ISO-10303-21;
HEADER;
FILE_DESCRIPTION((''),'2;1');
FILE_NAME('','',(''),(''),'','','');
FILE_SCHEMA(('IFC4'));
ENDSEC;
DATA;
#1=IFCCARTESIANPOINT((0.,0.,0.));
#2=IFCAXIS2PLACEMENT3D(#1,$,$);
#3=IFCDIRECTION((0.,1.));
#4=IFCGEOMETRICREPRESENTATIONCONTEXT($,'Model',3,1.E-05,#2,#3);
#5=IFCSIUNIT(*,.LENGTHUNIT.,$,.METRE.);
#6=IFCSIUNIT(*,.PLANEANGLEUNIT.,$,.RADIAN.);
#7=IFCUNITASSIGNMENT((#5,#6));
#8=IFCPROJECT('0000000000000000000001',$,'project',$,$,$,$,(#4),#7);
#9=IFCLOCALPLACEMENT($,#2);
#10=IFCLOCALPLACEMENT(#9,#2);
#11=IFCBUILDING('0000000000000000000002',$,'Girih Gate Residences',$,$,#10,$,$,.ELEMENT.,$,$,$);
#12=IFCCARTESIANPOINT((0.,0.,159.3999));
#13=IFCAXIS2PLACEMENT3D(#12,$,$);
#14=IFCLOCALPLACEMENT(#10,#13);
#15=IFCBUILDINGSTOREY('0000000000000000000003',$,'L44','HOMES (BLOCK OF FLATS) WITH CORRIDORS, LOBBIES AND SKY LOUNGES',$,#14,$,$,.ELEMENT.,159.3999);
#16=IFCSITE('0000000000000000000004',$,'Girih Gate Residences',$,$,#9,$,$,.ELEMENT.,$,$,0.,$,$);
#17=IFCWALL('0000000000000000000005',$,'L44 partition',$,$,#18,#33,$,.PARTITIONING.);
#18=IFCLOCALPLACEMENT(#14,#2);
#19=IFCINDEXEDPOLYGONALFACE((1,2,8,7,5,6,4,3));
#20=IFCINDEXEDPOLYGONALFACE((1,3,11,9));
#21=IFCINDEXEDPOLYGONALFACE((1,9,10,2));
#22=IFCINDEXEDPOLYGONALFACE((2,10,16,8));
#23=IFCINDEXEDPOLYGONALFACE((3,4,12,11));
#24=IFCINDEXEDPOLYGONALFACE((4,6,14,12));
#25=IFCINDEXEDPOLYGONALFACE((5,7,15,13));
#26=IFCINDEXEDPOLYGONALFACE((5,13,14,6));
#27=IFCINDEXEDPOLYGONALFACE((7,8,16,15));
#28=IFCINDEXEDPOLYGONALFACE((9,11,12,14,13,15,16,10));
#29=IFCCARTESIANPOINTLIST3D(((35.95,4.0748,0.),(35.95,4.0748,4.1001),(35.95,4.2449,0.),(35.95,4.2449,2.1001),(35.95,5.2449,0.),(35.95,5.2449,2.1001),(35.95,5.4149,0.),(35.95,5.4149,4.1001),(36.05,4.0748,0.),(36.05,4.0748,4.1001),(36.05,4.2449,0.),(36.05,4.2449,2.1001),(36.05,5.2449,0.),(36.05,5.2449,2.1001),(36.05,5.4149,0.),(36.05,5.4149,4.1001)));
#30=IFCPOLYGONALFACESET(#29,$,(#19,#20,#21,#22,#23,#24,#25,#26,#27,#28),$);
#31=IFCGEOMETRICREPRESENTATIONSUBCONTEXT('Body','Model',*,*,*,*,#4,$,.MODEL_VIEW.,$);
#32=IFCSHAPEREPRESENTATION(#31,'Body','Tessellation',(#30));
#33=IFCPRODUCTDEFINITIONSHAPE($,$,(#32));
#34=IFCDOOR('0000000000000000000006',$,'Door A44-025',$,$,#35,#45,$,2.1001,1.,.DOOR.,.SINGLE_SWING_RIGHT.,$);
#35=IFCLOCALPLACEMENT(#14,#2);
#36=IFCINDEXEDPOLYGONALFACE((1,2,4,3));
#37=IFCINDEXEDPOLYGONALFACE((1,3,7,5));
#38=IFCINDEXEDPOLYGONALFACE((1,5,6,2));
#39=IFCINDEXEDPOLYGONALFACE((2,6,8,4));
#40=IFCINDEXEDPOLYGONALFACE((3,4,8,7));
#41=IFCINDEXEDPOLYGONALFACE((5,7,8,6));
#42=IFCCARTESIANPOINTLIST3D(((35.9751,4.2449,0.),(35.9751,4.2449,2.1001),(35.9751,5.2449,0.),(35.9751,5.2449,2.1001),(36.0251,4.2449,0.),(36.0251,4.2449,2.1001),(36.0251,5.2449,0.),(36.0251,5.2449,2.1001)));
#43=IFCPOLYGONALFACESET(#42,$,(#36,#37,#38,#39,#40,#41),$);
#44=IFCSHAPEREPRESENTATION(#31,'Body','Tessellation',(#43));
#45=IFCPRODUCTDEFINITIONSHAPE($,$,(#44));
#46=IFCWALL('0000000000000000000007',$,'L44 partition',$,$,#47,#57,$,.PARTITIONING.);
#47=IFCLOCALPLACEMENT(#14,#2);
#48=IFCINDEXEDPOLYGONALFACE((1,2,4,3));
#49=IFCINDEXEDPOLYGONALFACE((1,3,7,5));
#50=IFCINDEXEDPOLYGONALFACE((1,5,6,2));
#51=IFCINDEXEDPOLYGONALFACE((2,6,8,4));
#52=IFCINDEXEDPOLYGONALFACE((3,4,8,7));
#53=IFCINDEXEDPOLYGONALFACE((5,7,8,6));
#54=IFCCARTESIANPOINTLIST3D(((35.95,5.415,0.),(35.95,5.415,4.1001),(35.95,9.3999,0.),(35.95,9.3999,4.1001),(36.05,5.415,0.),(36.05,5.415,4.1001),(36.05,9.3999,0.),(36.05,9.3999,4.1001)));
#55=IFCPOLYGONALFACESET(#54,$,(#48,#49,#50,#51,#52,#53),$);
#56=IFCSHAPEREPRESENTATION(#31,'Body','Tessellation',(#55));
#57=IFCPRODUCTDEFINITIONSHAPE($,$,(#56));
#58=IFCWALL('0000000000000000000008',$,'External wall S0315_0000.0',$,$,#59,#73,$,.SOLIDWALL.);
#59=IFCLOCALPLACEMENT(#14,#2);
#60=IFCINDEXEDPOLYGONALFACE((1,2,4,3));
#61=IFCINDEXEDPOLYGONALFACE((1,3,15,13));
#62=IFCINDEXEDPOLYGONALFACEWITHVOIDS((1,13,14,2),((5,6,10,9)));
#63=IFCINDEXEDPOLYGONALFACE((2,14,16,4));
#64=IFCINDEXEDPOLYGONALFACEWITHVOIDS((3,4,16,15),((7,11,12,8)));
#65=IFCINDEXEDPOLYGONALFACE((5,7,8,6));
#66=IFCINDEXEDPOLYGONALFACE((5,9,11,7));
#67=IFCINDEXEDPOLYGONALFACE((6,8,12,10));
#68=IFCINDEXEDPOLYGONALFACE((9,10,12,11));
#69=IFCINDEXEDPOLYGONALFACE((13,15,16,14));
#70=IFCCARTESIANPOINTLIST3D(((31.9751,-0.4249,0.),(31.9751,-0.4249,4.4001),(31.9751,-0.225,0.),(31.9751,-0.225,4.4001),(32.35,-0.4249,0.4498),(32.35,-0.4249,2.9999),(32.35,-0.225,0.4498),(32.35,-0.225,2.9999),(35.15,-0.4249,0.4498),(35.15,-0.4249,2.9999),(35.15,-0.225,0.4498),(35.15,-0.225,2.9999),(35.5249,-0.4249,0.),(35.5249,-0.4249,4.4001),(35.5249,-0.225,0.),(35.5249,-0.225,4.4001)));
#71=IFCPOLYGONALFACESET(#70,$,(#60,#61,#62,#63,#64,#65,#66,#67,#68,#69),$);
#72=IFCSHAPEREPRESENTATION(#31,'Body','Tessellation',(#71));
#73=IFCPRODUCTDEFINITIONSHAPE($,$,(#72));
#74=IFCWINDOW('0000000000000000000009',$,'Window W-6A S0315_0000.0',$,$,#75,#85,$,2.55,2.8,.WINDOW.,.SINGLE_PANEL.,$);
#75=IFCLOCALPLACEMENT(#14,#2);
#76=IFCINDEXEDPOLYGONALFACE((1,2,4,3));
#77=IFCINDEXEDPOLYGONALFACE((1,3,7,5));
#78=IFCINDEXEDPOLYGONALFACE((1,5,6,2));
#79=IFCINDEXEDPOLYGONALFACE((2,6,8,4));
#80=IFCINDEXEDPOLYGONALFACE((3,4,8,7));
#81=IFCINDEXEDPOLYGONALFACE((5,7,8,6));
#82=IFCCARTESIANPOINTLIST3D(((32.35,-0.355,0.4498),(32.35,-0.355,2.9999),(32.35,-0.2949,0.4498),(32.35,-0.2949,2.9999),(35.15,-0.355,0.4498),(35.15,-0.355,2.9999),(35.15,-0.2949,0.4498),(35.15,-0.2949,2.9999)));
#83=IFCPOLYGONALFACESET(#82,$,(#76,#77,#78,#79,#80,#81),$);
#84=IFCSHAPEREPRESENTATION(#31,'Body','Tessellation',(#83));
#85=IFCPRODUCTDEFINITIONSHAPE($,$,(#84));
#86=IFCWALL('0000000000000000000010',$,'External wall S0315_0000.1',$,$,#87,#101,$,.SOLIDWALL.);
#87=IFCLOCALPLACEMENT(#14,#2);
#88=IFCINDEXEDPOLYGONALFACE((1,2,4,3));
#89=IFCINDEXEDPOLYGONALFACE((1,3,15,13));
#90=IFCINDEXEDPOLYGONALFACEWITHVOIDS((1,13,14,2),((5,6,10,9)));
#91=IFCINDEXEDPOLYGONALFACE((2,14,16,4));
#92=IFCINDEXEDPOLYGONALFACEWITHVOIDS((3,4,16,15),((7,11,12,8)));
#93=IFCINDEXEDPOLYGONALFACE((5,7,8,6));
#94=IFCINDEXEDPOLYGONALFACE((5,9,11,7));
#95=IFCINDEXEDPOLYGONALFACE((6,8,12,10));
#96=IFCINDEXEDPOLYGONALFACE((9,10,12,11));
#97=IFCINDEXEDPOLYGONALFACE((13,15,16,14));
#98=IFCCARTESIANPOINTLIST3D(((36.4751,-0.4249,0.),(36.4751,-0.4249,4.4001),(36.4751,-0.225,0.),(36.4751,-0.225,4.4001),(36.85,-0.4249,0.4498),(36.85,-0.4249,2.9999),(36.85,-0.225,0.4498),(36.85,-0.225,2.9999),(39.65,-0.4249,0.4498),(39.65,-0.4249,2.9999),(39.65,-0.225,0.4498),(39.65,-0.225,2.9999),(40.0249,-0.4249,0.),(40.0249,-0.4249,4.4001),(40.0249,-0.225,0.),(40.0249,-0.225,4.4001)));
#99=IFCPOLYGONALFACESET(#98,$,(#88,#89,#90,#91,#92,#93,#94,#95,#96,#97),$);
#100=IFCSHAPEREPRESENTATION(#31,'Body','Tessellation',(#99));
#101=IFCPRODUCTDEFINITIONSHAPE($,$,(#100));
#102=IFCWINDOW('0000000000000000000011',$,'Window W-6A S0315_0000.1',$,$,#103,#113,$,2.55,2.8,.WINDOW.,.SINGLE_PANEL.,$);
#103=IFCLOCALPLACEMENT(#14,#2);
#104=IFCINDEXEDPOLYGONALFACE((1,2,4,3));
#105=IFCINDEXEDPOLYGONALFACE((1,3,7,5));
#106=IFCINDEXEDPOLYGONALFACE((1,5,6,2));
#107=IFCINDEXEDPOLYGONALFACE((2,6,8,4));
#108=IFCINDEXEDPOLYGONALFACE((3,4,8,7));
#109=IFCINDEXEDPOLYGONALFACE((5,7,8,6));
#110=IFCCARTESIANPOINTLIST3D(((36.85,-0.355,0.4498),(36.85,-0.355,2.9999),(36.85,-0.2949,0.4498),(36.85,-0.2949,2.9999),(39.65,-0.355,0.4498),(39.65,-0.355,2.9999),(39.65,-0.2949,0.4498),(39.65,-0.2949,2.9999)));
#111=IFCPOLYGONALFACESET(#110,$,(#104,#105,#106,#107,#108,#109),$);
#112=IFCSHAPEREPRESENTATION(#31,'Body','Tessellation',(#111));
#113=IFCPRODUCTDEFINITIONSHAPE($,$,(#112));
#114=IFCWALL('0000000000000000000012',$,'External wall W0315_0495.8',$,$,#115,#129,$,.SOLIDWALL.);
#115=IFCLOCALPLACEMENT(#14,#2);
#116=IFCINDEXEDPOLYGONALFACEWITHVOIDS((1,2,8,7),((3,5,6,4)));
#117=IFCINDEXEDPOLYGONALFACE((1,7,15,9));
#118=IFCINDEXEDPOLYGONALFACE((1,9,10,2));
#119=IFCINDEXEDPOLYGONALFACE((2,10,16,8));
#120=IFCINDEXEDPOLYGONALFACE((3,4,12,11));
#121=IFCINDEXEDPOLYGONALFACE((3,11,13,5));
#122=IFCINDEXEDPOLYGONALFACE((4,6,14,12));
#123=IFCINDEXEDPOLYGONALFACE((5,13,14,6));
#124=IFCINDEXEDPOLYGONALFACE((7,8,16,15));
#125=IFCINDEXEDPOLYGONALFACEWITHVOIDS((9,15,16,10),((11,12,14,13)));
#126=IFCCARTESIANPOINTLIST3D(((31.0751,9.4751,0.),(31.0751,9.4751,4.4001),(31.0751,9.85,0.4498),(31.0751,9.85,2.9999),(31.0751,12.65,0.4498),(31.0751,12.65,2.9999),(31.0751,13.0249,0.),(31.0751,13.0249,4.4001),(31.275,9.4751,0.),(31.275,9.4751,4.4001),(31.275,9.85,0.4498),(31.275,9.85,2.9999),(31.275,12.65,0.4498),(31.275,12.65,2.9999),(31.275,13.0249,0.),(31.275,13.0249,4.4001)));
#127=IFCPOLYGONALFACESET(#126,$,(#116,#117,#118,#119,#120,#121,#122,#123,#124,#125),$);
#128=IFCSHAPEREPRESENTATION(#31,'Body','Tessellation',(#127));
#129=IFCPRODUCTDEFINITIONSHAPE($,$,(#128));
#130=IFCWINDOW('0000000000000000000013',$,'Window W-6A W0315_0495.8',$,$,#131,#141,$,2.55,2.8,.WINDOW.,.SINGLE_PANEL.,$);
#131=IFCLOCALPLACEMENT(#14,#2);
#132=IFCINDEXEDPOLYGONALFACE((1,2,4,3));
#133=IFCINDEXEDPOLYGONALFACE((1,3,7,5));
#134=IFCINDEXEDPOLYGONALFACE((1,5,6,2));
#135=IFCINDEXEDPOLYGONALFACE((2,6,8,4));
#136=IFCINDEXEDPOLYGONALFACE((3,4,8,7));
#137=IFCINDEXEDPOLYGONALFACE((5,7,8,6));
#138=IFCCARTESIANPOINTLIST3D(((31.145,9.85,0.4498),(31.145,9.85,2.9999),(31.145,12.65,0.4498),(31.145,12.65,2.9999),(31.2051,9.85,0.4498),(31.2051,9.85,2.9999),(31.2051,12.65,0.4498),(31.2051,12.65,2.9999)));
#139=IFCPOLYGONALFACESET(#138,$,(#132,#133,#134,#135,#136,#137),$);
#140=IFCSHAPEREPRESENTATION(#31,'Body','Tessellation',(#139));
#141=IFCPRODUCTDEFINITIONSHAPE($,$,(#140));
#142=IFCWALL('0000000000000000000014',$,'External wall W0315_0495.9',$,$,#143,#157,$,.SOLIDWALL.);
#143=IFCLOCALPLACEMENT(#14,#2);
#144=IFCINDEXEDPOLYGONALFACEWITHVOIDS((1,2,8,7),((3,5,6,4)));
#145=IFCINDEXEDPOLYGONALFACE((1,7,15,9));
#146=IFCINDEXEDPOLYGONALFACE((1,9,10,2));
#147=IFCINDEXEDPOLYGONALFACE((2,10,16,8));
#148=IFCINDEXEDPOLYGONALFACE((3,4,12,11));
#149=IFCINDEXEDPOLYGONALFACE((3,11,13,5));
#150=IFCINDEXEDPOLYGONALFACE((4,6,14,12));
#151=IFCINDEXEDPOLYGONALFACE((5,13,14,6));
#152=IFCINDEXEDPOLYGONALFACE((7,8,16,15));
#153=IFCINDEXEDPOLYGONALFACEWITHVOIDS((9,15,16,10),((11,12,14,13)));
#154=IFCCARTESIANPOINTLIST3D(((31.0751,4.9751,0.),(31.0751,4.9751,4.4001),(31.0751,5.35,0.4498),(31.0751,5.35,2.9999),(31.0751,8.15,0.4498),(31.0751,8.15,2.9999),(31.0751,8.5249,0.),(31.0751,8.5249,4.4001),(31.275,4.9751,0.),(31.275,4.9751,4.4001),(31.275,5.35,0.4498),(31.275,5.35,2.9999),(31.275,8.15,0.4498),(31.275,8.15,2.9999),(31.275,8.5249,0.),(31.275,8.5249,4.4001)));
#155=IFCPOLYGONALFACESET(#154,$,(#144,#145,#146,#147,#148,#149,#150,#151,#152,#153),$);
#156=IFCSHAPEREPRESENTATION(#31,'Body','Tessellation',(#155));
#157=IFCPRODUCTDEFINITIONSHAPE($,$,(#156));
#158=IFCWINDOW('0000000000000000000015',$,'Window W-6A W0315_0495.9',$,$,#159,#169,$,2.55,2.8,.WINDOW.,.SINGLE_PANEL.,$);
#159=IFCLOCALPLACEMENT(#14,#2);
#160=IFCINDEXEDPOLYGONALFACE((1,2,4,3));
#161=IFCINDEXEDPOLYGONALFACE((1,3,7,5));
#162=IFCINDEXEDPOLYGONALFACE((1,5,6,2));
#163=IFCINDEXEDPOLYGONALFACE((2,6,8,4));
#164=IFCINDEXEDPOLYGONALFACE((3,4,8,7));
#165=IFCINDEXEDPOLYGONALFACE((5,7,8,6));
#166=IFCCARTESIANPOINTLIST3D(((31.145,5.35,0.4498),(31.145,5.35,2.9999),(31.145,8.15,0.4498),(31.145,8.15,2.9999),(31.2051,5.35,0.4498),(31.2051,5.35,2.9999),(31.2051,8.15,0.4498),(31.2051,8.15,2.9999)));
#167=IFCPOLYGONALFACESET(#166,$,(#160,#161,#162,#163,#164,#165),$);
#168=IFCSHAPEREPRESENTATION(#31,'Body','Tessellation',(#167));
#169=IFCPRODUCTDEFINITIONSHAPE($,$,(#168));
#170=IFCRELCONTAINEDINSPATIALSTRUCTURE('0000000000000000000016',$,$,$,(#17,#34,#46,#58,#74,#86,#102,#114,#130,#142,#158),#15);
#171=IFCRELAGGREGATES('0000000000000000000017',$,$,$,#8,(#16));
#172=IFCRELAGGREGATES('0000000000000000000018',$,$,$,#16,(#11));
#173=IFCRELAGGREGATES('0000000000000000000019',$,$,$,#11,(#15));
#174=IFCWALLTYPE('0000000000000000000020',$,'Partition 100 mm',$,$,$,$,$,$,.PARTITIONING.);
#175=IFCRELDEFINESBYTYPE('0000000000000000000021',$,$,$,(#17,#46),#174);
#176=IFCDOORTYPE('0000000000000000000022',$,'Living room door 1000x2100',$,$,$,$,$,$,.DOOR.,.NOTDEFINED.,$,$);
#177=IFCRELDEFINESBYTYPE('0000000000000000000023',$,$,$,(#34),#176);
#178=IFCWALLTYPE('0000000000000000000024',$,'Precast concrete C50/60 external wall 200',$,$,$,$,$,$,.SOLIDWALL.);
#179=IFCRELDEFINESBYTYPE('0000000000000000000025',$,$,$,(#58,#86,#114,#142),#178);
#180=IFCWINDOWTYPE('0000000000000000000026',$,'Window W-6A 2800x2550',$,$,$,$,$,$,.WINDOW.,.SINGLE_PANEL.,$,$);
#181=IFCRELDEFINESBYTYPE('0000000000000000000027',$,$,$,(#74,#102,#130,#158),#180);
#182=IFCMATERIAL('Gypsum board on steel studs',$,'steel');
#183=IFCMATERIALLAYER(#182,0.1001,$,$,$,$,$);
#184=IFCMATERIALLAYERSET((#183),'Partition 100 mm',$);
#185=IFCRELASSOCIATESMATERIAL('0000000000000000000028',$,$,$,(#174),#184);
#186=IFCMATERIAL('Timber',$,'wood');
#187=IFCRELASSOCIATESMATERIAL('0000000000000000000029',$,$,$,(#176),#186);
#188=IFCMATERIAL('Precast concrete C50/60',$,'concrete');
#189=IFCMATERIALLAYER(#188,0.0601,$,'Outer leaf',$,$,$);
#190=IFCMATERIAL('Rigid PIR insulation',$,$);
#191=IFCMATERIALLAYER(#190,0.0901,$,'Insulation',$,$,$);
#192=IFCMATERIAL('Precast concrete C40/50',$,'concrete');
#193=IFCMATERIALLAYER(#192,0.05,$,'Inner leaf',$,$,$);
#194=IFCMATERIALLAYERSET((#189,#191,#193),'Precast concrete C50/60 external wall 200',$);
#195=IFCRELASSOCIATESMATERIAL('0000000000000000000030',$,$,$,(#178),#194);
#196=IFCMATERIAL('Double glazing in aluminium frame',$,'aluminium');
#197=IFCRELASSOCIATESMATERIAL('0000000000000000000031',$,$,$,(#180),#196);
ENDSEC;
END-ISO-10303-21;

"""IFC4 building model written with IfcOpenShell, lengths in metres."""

from ifc_helpers import new_model, si_unit, direction, frame, frame_2d, origin, place, context, subcontext, project, spatial, rectangle, extrude, material, layer, layer_set, type_object, element, fill, save


model = new_model("IFC4")

# Units and contexts
model_context = context("Model", 3, precision=1e-05, world=origin(), true_north=direction((0.0, 1.0)))
body_context = subcontext(model_context, "Body", "Model", "MODEL_VIEW")
ifc_project = project(units=[si_unit("LENGTHUNIT", "METRE"), si_unit("PLANEANGLEUNIT", "RADIAN")], contexts=[model_context])

# Site, building, storey
site_placement = place(None, origin())
site = spatial("IfcSite", under=ifc_project, at=site_placement, Name="Girih Gate Residences", CompositionType="ELEMENT", RefElevation=0.0)
building_placement = place(site_placement, origin())
building = spatial("IfcBuilding", under=site, at=building_placement, Name="Girih Gate Residences", CompositionType="ELEMENT")
storey_placement = place(building_placement, frame((0.0, 0.0, 159.3999)))
storey = spatial("IfcBuildingStorey", under=building, at=storey_placement, Name="L44", Description="HOMES (BLOCK OF FLATS) WITH CORRIDORS, LOBBIES AND SKY LOUNGES", CompositionType="ELEMENT", Elevation=159.3999)

# Shared definitions
ifc_material_1 = material(Name="Gypsum board on steel studs", Category="steel")
ifc_layer_1 = layer(ifc_material_1, 0.1001)
ifc_layer_set_1 = layer_set([ifc_layer_1], Name="Partition 100 mm")
wall_type_1 = type_object("IfcWallType", Name="Partition 100 mm", PredefinedType="PARTITIONING", material=ifc_layer_set_1)
ifc_material_2 = material(Name="Timber", Category="wood")

# Wall, opening, door
wall_1_placement = place(storey_placement, frame((36.0, 4.075, 0.0), z_axis=(0.0, 0.0, 1.0), x_axis=(0.0, 1.0, 0.0)))
wall_1 = element("IfcWall", 1, at=wall_1_placement, inside=storey, type_object=wall_type_1, Name="L44 partition", PredefinedType="PARTITIONING", context=body_context, shape_type="SweptSolid", body=[
    extrude(rectangle(XDim=1.3401, YDim=0.1001, at=frame_2d((0.6699, 0.0))), origin(), (0.0, 0.0, 1.0), 4.1001),
])
opening_1_placement = place(wall_1_placement, frame((0.1699, 0.0, 0.0)))
opening_1 = element("IfcOpeningElement", 2, at=opening_1_placement, cuts=wall_1, PredefinedType="OPENING", context=body_context, shape_type="SweptSolid", body=[
    extrude(rectangle(XDim=1.0, YDim=2.1001, at=frame_2d((0.5, 1.05))), frame((0.0, 0.0601, 0.0), z_axis=(0.0, -1.0, 0.0), x_axis=(1.0, 0.0, 0.0)), (0.0, 0.0, 1.0), 0.1201),
])
door_type_1 = type_object("IfcDoorType", Name="Living room door 1000x2100", OperationType="NOTDEFINED", PredefinedType="DOOR", material=ifc_material_2)
door_1_placement = place(opening_1_placement, origin())
door_1 = element("IfcDoor", 3, at=door_1_placement, inside=storey, type_object=door_type_1, Name="Door A44-025", OperationType="SINGLE_SWING_RIGHT", OverallHeight=2.1001, OverallWidth=1.0, PredefinedType="DOOR", context=body_context, shape_type="SweptSolid", body=[
    extrude(rectangle(XDim=1.0, YDim=2.1001, at=frame_2d((0.5, 1.05))), frame((0.0, 0.0249, 0.0), z_axis=(0.0, -1.0, 0.0), x_axis=(1.0, 0.0, 0.0)), (0.0, 0.0, 1.0), 0.05),
])
fill(opening_1, door_1)

# Wall
wall_2_placement = place(storey_placement, frame((36.0, 5.415, 0.0), z_axis=(0.0, 0.0, 1.0), x_axis=(0.0, 1.0, 0.0)))
element("IfcWall", 4, at=wall_2_placement, inside=storey, type_object=wall_type_1, Name="L44 partition", PredefinedType="PARTITIONING", context=body_context, shape_type="SweptSolid", body=[
    extrude(rectangle(XDim=3.9849, YDim=0.1001, at=frame_2d((1.9924, 0.0))), origin(), (0.0, 0.0, 1.0), 4.1001),
])

# Walls, openings, windows
ifc_material_3 = material(Name="Precast concrete C50/60", Category="concrete")
ifc_layer_2 = layer(ifc_material_3, 0.0601, Name="Outer leaf")
ifc_material_4 = material(Name="Rigid PIR insulation")
ifc_layer_3 = layer(ifc_material_4, 0.0901, Name="Insulation")
ifc_material_5 = material(Name="Precast concrete C40/50", Category="concrete")
ifc_layer_4 = layer(ifc_material_5, 0.05, Name="Inner leaf")
ifc_layer_set_2 = layer_set([ifc_layer_2, ifc_layer_3, ifc_layer_4], Name="Precast concrete C50/60 external wall 200")
wall_type_2 = type_object("IfcWallType", Name="Precast concrete C50/60 external wall 200", PredefinedType="SOLIDWALL", material=ifc_layer_set_2)
wall_3_placement = place(storey_placement, frame((35.5249, -0.325, 0.0), z_axis=(0.0, 0.0, 1.0), x_axis=(-1.0, 0.0, 0.0)))
wall_3 = element("IfcWall", 5, at=wall_3_placement, inside=storey, type_object=wall_type_2, Name="External wall S0315_0000.0", PredefinedType="SOLIDWALL", context=body_context, shape_type="SweptSolid", body=[
    extrude(rectangle(XDim=3.5498, YDim=0.2, at=frame_2d((1.7749, 0.0))), origin(), (0.0, 0.0, 1.0), 4.4001),
])
opening_2_placement = place(wall_3_placement, frame((0.375, 0.0, 0.45)))
opening_2 = element("IfcOpeningElement", 6, at=opening_2_placement, cuts=wall_3, PredefinedType="OPENING", context=body_context, shape_type="SweptSolid", body=[
    extrude(rectangle(XDim=2.8, YDim=2.55, at=frame_2d((1.3999, 1.2749))), frame((0.0, 0.1099, 0.0), z_axis=(0.0, -1.0, 0.0), x_axis=(1.0, 0.0, 0.0)), (0.0, 0.0, 1.0), 0.22),
])
ifc_material_6 = material(Name="Double glazing in aluminium frame", Category="aluminium")
window_type = type_object("IfcWindowType", Name="Window W-6A 2800x2550", PartitioningType="SINGLE_PANEL", PredefinedType="WINDOW", material=ifc_material_6)
window_1_placement = place(opening_2_placement, origin())
window_1 = element("IfcWindow", 7, at=window_1_placement, inside=storey, type_object=window_type, Name="Window W-6A S0315_0000.0", OverallHeight=2.55, OverallWidth=2.8, PartitioningType="SINGLE_PANEL", PredefinedType="WINDOW", context=body_context, shape_type="SweptSolid", body=[
    extrude(rectangle(XDim=2.8, YDim=2.55, at=frame_2d((1.3999, 1.2749))), frame((0.0, 0.03, 0.0), z_axis=(0.0, -1.0, 0.0), x_axis=(1.0, 0.0, 0.0)), (0.0, 0.0, 1.0), 0.0601),
])
fill(opening_2, window_1)
wall_4_placement = place(storey_placement, frame((40.0249, -0.325, 0.0), z_axis=(0.0, 0.0, 1.0), x_axis=(-1.0, 0.0, 0.0)))
wall_4 = element("IfcWall", 8, at=wall_4_placement, inside=storey, type_object=wall_type_2, Name="External wall S0315_0000.1", PredefinedType="SOLIDWALL", context=body_context, shape_type="SweptSolid", body=[
    extrude(rectangle(XDim=3.5498, YDim=0.2, at=frame_2d((1.7749, 0.0))), origin(), (0.0, 0.0, 1.0), 4.4001),
])
opening_3_placement = place(wall_4_placement, frame((0.375, 0.0, 0.45)))
opening_3 = element("IfcOpeningElement", 9, at=opening_3_placement, cuts=wall_4, PredefinedType="OPENING", context=body_context, shape_type="SweptSolid", body=[
    extrude(rectangle(XDim=2.8, YDim=2.55, at=frame_2d((1.3999, 1.2749))), frame((0.0, 0.1099, 0.0), z_axis=(0.0, -1.0, 0.0), x_axis=(1.0, 0.0, 0.0)), (0.0, 0.0, 1.0), 0.22),
])
window_2_placement = place(opening_3_placement, origin())
window_2 = element("IfcWindow", 10, at=window_2_placement, inside=storey, type_object=window_type, Name="Window W-6A S0315_0000.1", OverallHeight=2.55, OverallWidth=2.8, PartitioningType="SINGLE_PANEL", PredefinedType="WINDOW", context=body_context, shape_type="SweptSolid", body=[
    extrude(rectangle(XDim=2.8, YDim=2.55, at=frame_2d((1.3999, 1.2749))), frame((0.0, 0.03, 0.0), z_axis=(0.0, -1.0, 0.0), x_axis=(1.0, 0.0, 0.0)), (0.0, 0.0, 1.0), 0.0601),
])
fill(opening_3, window_2)
wall_5_placement = place(storey_placement, frame((31.175, 9.4751, 0.0), z_axis=(0.0, 0.0, 1.0), x_axis=(0.0, 1.0, 0.0)))
wall_5 = element("IfcWall", 11, at=wall_5_placement, inside=storey, type_object=wall_type_2, Name="External wall W0315_0495.8", PredefinedType="SOLIDWALL", context=body_context, shape_type="SweptSolid", body=[
    extrude(rectangle(XDim=3.5498, YDim=0.2, at=frame_2d((1.7749, 0.0))), origin(), (0.0, 0.0, 1.0), 4.4001),
])
opening_4_placement = place(wall_5_placement, frame((0.375, 0.0, 0.45)))
opening_4 = element("IfcOpeningElement", 12, at=opening_4_placement, cuts=wall_5, PredefinedType="OPENING", context=body_context, shape_type="SweptSolid", body=[
    extrude(rectangle(XDim=2.8, YDim=2.55, at=frame_2d((1.3999, 1.2749))), frame((0.0, 0.1099, 0.0), z_axis=(0.0, -1.0, 0.0), x_axis=(1.0, 0.0, 0.0)), (0.0, 0.0, 1.0), 0.22),
])
window_3_placement = place(opening_4_placement, origin())
window_3 = element("IfcWindow", 13, at=window_3_placement, inside=storey, type_object=window_type, Name="Window W-6A W0315_0495.8", OverallHeight=2.55, OverallWidth=2.8, PartitioningType="SINGLE_PANEL", PredefinedType="WINDOW", context=body_context, shape_type="SweptSolid", body=[
    extrude(rectangle(XDim=2.8, YDim=2.55, at=frame_2d((1.3999, 1.2749))), frame((0.0, 0.03, 0.0), z_axis=(0.0, -1.0, 0.0), x_axis=(1.0, 0.0, 0.0)), (0.0, 0.0, 1.0), 0.0601),
])
fill(opening_4, window_3)
wall_6_placement = place(storey_placement, frame((31.175, 4.9751, 0.0), z_axis=(0.0, 0.0, 1.0), x_axis=(0.0, 1.0, 0.0)))
wall_6 = element("IfcWall", 14, at=wall_6_placement, inside=storey, type_object=wall_type_2, Name="External wall W0315_0495.9", PredefinedType="SOLIDWALL", context=body_context, shape_type="SweptSolid", body=[
    extrude(rectangle(XDim=3.5498, YDim=0.2, at=frame_2d((1.7749, 0.0))), origin(), (0.0, 0.0, 1.0), 4.4001),
])
opening_5_placement = place(wall_6_placement, frame((0.375, 0.0, 0.45)))
opening_5 = element("IfcOpeningElement", 15, at=opening_5_placement, cuts=wall_6, PredefinedType="OPENING", context=body_context, shape_type="SweptSolid", body=[
    extrude(rectangle(XDim=2.8, YDim=2.55, at=frame_2d((1.3999, 1.2749))), frame((0.0, 0.1099, 0.0), z_axis=(0.0, -1.0, 0.0), x_axis=(1.0, 0.0, 0.0)), (0.0, 0.0, 1.0), 0.22),
])
window_4_placement = place(opening_5_placement, origin())
window_4 = element("IfcWindow", 16, at=window_4_placement, inside=storey, type_object=window_type, Name="Window W-6A W0315_0495.9", OverallHeight=2.55, OverallWidth=2.8, PartitioningType="SINGLE_PANEL", PredefinedType="WINDOW", context=body_context, shape_type="SweptSolid", body=[
    extrude(rectangle(XDim=2.8, YDim=2.55, at=frame_2d((1.3999, 1.2749))), frame((0.0, 0.03, 0.0), z_axis=(0.0, -1.0, 0.0), x_axis=(1.0, 0.0, 0.0)), (0.0, 0.0, 1.0), 0.0601),
])
fill(opening_5, window_4)

save(model, "model.ifc")
